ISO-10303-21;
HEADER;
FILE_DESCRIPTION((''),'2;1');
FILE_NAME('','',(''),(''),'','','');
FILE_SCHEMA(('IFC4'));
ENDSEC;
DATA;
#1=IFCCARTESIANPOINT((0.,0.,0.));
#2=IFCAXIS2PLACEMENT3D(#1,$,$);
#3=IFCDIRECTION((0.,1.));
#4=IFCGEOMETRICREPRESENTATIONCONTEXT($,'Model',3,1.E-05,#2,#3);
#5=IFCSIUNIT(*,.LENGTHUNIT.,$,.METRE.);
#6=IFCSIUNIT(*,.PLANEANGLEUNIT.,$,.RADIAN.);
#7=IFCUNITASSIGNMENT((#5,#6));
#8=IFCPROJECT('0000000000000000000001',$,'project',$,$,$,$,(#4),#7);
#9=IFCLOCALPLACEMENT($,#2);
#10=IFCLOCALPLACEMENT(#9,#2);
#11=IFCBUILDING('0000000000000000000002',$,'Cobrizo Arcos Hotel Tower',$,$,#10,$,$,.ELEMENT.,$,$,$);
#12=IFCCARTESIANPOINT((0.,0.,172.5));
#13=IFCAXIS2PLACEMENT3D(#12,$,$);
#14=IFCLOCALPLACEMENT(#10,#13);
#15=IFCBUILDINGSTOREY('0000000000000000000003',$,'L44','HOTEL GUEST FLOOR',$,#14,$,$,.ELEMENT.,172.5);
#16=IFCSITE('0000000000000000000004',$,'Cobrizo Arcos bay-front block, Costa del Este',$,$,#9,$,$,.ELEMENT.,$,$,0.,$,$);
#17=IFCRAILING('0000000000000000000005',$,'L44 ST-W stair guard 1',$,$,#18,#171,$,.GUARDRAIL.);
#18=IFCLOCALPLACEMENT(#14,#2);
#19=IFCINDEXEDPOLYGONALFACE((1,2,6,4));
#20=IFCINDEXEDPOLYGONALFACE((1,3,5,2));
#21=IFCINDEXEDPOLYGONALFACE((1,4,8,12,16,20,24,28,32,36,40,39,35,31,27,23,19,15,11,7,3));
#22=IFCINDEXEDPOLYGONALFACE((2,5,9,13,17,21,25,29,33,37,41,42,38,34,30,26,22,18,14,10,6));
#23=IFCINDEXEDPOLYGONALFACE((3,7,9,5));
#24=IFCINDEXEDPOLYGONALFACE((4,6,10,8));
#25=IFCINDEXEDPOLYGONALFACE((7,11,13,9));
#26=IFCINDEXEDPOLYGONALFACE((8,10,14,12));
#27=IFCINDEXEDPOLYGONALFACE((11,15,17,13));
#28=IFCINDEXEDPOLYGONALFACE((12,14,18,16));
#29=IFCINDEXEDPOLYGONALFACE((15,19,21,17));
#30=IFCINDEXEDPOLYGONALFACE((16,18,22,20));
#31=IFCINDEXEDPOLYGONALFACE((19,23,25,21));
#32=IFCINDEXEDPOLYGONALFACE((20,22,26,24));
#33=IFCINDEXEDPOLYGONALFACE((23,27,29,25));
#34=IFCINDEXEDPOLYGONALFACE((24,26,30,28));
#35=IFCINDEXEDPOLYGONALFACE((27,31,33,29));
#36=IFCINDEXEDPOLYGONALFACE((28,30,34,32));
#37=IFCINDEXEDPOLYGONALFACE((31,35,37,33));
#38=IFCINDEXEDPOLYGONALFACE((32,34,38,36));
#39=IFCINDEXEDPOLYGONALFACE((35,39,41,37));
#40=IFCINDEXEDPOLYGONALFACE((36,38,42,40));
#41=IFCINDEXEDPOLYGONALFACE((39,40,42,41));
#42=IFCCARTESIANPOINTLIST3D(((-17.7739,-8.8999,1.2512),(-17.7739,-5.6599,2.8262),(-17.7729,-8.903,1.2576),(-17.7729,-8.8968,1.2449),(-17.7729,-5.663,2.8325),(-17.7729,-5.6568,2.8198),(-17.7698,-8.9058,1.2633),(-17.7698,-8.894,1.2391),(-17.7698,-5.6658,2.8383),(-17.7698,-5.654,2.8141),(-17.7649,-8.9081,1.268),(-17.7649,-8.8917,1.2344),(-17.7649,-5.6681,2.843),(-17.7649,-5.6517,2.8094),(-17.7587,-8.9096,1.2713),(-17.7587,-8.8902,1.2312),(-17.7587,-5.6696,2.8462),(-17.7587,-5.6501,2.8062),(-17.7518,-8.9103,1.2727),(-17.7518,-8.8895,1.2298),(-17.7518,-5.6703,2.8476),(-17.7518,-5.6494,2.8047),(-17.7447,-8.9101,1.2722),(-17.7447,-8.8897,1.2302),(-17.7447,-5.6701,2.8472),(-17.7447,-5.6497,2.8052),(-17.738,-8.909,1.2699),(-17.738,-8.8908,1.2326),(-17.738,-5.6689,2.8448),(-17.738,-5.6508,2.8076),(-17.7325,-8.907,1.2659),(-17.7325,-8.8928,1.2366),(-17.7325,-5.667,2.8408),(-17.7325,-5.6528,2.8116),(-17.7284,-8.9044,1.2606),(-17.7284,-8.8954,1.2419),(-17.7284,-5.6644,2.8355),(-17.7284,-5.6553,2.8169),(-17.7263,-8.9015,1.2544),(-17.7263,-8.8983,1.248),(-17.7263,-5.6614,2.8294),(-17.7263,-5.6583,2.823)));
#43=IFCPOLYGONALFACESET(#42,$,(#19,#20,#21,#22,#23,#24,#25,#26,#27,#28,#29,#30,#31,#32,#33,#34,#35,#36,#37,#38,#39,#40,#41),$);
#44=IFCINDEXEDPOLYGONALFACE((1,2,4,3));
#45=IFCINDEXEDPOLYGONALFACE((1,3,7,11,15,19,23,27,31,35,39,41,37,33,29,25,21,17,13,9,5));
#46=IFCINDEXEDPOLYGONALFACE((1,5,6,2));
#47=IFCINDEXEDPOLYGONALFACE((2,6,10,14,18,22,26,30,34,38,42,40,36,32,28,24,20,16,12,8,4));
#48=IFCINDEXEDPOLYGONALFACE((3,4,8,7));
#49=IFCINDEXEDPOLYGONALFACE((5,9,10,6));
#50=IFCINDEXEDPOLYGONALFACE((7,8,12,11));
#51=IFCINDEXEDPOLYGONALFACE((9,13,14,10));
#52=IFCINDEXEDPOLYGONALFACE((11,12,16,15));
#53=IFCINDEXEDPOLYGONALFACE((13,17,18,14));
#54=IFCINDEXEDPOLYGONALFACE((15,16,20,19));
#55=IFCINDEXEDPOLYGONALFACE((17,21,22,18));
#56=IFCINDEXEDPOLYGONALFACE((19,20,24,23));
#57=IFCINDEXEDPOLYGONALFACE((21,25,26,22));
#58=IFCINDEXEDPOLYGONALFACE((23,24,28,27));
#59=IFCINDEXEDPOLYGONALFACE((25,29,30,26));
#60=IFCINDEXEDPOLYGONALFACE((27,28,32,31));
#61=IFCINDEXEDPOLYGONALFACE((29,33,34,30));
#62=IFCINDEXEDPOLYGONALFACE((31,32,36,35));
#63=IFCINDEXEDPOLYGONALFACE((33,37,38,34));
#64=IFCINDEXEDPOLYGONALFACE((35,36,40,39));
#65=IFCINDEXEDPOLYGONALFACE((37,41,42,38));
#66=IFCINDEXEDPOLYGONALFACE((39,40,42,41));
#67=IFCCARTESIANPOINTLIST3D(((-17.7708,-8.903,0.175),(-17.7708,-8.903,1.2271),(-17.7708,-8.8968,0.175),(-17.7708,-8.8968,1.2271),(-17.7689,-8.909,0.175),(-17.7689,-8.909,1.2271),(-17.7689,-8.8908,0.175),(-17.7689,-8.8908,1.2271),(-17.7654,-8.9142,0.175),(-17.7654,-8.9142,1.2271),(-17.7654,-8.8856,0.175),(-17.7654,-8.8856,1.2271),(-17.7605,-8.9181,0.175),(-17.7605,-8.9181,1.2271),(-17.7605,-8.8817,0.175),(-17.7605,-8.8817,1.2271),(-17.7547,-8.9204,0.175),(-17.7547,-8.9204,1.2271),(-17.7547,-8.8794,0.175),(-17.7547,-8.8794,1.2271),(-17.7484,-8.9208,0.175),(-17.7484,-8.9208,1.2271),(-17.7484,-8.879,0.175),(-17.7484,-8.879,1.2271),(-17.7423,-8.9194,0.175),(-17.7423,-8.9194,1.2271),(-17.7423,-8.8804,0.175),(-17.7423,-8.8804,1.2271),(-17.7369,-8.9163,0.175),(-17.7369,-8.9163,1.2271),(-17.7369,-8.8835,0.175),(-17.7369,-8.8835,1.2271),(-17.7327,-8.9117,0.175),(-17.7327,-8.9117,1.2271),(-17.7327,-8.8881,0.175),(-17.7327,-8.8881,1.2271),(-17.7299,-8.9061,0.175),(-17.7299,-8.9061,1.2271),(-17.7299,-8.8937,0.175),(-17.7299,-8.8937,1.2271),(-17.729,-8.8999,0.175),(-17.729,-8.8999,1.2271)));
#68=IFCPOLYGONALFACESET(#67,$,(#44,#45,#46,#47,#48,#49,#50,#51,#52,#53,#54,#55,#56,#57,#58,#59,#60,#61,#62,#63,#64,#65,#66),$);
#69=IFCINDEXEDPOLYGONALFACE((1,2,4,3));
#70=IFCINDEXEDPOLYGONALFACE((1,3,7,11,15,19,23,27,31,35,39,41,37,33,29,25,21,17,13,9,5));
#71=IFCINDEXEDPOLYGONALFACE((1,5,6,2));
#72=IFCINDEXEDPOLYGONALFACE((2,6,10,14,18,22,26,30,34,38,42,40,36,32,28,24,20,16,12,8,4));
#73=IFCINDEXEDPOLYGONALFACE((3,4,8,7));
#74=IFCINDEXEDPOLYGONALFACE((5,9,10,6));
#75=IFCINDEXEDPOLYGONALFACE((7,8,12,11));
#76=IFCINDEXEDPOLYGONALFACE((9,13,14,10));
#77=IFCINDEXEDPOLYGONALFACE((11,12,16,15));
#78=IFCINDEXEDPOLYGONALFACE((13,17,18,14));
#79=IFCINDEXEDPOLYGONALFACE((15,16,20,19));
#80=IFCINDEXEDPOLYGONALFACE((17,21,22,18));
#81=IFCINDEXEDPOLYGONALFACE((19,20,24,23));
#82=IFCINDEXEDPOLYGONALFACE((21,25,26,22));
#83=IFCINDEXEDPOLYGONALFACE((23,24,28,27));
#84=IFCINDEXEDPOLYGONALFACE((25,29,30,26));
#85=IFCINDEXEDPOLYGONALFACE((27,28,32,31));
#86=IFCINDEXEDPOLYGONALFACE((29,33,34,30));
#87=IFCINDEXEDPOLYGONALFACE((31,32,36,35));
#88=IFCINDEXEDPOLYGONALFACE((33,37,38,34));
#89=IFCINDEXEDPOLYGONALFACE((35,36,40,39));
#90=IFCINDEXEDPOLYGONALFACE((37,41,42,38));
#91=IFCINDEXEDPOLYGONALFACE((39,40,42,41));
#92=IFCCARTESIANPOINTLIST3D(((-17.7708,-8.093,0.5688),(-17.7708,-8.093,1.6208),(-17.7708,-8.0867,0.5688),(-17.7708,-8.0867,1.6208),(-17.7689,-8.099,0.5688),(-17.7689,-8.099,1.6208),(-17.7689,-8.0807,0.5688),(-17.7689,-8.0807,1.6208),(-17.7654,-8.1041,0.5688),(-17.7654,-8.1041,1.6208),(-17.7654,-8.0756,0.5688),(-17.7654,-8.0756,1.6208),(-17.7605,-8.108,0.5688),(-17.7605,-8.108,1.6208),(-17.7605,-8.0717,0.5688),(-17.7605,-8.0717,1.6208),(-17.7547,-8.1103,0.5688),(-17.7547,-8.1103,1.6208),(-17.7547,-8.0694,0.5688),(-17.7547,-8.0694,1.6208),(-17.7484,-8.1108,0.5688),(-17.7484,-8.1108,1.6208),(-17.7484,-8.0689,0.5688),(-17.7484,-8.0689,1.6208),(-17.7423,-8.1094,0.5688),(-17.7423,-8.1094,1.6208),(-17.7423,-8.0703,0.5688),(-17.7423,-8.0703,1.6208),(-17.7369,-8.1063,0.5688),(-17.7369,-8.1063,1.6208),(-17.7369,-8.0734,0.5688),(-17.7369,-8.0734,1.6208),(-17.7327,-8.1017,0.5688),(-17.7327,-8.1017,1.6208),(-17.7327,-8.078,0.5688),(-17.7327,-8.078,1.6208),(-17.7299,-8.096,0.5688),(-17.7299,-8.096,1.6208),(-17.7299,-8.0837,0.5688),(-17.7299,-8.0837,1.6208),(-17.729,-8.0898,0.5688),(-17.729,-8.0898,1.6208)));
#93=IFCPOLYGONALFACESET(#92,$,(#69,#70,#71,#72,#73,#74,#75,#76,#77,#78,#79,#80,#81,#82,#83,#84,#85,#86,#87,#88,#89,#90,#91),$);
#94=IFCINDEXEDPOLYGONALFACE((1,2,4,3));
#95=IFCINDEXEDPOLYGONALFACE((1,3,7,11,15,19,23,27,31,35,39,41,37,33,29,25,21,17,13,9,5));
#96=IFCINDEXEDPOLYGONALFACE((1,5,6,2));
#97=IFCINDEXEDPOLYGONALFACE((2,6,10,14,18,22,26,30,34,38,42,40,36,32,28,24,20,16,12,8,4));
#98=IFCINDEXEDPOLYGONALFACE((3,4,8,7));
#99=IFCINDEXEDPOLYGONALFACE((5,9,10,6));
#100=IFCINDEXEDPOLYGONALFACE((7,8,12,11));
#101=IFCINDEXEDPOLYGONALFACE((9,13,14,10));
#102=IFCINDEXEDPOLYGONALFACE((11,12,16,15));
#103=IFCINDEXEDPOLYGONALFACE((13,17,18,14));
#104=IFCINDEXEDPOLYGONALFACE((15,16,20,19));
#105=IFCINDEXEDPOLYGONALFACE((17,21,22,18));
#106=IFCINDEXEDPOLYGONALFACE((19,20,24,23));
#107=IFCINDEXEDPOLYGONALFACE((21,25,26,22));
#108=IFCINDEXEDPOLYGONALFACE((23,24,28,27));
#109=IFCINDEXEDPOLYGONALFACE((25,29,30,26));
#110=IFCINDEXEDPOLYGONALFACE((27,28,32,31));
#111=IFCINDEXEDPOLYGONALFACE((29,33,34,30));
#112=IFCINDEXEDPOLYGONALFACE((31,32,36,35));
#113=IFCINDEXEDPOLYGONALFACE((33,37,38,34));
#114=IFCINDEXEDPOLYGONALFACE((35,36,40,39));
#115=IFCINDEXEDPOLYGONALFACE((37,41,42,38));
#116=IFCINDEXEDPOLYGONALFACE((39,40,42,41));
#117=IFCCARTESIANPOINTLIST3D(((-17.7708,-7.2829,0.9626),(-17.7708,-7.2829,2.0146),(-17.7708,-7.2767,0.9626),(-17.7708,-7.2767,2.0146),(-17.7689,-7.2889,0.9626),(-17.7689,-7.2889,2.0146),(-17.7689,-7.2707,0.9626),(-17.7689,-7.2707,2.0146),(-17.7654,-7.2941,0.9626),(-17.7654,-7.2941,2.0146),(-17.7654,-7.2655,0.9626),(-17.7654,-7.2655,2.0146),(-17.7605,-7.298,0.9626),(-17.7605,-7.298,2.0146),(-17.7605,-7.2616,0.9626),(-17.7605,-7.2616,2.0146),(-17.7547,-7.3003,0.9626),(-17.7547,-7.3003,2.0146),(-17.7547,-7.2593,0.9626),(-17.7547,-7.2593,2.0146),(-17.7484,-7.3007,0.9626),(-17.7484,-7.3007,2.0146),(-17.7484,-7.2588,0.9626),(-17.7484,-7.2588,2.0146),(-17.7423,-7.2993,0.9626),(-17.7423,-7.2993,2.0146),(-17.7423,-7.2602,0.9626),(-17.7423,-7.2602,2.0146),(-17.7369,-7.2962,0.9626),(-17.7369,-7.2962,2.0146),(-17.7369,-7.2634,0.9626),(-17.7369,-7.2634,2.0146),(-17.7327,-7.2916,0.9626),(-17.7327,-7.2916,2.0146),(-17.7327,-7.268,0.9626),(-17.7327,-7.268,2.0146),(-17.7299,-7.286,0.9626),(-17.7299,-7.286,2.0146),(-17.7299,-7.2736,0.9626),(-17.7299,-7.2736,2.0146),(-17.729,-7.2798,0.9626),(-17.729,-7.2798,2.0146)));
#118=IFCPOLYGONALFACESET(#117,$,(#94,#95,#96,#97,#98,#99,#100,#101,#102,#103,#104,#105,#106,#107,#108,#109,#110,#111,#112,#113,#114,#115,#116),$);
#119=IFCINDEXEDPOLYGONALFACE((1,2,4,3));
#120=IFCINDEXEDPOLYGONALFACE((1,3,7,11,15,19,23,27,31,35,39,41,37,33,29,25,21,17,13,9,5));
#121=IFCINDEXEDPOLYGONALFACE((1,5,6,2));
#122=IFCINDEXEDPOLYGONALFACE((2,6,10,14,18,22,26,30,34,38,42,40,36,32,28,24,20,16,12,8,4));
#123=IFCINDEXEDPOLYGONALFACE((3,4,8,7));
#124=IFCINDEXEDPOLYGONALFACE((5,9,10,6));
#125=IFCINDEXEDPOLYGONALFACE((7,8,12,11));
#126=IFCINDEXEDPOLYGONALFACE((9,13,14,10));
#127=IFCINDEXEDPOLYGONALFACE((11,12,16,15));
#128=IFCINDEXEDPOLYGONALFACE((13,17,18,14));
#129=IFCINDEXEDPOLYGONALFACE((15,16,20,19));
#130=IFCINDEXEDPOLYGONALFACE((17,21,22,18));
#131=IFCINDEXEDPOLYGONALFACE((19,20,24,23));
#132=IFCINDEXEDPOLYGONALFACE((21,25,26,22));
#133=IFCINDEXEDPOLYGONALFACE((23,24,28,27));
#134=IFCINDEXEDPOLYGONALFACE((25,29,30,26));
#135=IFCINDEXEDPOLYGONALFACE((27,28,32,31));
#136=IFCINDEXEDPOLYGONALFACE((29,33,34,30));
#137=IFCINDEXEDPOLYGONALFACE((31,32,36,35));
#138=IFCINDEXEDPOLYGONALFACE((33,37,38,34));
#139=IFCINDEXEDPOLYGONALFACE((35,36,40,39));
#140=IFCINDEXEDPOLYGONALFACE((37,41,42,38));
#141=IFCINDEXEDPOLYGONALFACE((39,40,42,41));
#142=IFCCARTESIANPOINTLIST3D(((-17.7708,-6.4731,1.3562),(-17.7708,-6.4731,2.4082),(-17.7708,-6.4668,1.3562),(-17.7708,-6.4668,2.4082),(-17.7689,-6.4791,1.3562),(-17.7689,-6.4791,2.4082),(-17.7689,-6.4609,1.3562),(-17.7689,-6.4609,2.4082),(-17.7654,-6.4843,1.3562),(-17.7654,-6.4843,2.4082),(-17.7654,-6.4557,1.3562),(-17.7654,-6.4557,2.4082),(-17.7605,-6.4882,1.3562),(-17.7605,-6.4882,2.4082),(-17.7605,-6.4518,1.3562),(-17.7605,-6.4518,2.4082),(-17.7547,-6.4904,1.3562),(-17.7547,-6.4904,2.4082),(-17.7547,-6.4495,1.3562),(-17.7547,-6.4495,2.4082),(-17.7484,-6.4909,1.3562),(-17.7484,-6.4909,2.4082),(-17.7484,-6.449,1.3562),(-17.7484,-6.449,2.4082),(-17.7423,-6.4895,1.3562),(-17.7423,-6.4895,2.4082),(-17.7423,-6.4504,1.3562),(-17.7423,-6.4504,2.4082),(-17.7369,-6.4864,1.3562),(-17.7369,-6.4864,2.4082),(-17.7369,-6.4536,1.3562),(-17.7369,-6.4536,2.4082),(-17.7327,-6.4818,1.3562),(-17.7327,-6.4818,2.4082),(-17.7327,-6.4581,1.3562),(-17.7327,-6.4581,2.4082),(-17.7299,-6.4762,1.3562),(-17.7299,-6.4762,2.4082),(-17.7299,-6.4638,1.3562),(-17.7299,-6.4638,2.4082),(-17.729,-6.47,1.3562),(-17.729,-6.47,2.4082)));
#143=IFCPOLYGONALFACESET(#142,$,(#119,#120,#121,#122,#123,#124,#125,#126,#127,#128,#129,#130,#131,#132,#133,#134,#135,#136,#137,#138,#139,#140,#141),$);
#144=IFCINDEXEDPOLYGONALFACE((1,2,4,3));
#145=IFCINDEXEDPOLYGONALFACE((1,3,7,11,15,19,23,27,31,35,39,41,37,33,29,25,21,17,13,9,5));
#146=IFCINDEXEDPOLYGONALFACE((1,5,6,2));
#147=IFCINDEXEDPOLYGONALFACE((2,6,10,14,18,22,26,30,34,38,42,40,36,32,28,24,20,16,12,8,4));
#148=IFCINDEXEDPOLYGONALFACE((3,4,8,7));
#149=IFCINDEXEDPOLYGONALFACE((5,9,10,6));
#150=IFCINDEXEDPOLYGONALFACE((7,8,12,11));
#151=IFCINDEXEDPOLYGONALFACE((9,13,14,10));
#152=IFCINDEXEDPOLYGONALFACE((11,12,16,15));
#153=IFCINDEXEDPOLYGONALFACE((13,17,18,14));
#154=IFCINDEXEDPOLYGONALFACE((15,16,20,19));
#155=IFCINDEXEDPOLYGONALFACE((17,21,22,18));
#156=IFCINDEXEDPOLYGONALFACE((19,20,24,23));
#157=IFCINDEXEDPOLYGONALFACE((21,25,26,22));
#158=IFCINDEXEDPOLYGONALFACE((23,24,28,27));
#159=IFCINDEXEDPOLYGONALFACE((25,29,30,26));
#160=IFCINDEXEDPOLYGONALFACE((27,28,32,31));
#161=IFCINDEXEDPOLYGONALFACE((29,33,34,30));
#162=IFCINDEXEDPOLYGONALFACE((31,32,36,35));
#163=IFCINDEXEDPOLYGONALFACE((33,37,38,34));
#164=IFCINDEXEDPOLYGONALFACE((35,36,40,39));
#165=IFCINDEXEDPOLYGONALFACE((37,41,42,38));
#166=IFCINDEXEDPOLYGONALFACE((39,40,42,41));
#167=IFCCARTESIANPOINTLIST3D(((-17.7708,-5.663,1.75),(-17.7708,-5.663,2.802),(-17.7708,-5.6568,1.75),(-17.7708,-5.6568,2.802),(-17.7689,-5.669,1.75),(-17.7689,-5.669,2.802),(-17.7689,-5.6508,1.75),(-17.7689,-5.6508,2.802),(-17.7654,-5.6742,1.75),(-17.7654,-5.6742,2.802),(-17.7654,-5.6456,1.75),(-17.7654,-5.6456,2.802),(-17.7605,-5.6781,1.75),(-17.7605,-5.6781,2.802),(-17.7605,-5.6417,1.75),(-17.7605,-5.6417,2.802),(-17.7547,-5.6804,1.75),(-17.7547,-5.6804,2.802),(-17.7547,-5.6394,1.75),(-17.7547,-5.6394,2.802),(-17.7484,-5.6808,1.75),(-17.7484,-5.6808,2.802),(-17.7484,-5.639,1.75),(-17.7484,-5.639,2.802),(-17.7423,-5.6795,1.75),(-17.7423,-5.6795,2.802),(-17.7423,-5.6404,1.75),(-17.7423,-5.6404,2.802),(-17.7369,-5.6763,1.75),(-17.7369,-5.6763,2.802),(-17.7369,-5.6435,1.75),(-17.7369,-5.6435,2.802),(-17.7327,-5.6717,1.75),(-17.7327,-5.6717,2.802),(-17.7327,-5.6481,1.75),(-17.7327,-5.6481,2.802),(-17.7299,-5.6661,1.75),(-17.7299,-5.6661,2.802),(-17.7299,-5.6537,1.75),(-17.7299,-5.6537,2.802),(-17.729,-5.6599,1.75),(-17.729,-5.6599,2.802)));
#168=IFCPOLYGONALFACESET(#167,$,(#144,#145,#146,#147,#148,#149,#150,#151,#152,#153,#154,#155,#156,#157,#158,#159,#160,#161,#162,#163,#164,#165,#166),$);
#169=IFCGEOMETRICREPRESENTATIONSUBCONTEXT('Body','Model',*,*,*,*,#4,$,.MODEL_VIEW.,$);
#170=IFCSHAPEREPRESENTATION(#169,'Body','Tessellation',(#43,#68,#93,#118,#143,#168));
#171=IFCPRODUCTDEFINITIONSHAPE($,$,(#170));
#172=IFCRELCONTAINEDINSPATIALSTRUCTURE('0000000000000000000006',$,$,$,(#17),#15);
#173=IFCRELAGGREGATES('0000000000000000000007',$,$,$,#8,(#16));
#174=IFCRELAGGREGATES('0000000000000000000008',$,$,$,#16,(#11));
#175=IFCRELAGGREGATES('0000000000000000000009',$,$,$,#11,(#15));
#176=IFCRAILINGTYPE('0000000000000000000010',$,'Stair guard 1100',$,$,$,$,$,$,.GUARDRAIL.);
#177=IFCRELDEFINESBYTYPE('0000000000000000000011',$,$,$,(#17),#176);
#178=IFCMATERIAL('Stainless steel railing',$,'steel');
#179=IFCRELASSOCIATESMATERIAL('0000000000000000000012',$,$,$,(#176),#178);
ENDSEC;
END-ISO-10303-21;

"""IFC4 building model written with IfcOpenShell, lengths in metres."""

from ifc_helpers import new_model, si_unit, direction, frame, origin, origin_2d, place, context, subcontext, project, spatial, circle, extrude, material, type_object, element, save


model = new_model("IFC4")

# Units and contexts
model_context = context("Model", 3, precision=1e-05, world=origin(), true_north=direction((0.0, 1.0)))
body_context = subcontext(model_context, "Body", "Model", "MODEL_VIEW")
ifc_project = project(units=[si_unit("LENGTHUNIT", "METRE"), si_unit("PLANEANGLEUNIT", "RADIAN")], contexts=[model_context])

# Site, building, storey
site_placement = place(None, origin())
site = spatial("IfcSite", under=ifc_project, at=site_placement, Name="Cobrizo Arcos bay-front block, Costa del Este", CompositionType="ELEMENT", RefElevation=0.0)
building_placement = place(site_placement, origin())
building = spatial("IfcBuilding", under=site, at=building_placement, Name="Cobrizo Arcos Hotel Tower", CompositionType="ELEMENT")
storey_placement = place(building_placement, frame((0.0, 0.0, 172.5)))
storey = spatial("IfcBuildingStorey", under=building, at=storey_placement, Name="L44", Description="HOTEL GUEST FLOOR", CompositionType="ELEMENT", Elevation=172.5)

# Railing
ifc_material_1 = material(Name="Stainless steel railing", Category="steel")
railing_type_1 = type_object("IfcRailingType", Name="Stair guard 1100", PredefinedType="GUARDRAIL", material=ifc_material_1)
railing_1_placement = place(storey_placement, frame((-17.75, -8.8999, 0.175)))
element("IfcRailing", 1, at=railing_1_placement, inside=storey, type_object=railing_type_1, Name="L44 ST-W stair guard 1", PredefinedType="GUARDRAIL", context=body_context, shape_type="SweptSolid", body=[
    extrude(circle(Radius=0.0239, at=origin_2d()), frame((0.0, 0.0, 1.0762), z_axis=(0.0, 0.899373, 0.437183), x_axis=(-1.0, 0.0, 0.0)), (0.0, 0.0, 1.0), 3.6025),
    extrude(circle(Radius=0.021, at=origin_2d()), origin(), (0.0, 0.0, 1.0), 1.052),
    extrude(circle(Radius=0.021, at=origin_2d()), frame((0.0, 0.8101, 0.3938)), (0.0, 0.0, 1.0), 1.052),
    extrude(circle(Radius=0.021, at=origin_2d()), frame((0.0, 1.6201, 0.7876)), (0.0, 0.0, 1.0), 1.052),
    extrude(circle(Radius=0.021, at=origin_2d()), frame((0.0, 2.4299, 1.1812)), (0.0, 0.0, 1.0), 1.052),
    extrude(circle(Radius=0.021, at=origin_2d()), frame((0.0, 3.24, 1.575)), (0.0, 0.0, 1.0), 1.052),
])

save(model, "model.ifc")
